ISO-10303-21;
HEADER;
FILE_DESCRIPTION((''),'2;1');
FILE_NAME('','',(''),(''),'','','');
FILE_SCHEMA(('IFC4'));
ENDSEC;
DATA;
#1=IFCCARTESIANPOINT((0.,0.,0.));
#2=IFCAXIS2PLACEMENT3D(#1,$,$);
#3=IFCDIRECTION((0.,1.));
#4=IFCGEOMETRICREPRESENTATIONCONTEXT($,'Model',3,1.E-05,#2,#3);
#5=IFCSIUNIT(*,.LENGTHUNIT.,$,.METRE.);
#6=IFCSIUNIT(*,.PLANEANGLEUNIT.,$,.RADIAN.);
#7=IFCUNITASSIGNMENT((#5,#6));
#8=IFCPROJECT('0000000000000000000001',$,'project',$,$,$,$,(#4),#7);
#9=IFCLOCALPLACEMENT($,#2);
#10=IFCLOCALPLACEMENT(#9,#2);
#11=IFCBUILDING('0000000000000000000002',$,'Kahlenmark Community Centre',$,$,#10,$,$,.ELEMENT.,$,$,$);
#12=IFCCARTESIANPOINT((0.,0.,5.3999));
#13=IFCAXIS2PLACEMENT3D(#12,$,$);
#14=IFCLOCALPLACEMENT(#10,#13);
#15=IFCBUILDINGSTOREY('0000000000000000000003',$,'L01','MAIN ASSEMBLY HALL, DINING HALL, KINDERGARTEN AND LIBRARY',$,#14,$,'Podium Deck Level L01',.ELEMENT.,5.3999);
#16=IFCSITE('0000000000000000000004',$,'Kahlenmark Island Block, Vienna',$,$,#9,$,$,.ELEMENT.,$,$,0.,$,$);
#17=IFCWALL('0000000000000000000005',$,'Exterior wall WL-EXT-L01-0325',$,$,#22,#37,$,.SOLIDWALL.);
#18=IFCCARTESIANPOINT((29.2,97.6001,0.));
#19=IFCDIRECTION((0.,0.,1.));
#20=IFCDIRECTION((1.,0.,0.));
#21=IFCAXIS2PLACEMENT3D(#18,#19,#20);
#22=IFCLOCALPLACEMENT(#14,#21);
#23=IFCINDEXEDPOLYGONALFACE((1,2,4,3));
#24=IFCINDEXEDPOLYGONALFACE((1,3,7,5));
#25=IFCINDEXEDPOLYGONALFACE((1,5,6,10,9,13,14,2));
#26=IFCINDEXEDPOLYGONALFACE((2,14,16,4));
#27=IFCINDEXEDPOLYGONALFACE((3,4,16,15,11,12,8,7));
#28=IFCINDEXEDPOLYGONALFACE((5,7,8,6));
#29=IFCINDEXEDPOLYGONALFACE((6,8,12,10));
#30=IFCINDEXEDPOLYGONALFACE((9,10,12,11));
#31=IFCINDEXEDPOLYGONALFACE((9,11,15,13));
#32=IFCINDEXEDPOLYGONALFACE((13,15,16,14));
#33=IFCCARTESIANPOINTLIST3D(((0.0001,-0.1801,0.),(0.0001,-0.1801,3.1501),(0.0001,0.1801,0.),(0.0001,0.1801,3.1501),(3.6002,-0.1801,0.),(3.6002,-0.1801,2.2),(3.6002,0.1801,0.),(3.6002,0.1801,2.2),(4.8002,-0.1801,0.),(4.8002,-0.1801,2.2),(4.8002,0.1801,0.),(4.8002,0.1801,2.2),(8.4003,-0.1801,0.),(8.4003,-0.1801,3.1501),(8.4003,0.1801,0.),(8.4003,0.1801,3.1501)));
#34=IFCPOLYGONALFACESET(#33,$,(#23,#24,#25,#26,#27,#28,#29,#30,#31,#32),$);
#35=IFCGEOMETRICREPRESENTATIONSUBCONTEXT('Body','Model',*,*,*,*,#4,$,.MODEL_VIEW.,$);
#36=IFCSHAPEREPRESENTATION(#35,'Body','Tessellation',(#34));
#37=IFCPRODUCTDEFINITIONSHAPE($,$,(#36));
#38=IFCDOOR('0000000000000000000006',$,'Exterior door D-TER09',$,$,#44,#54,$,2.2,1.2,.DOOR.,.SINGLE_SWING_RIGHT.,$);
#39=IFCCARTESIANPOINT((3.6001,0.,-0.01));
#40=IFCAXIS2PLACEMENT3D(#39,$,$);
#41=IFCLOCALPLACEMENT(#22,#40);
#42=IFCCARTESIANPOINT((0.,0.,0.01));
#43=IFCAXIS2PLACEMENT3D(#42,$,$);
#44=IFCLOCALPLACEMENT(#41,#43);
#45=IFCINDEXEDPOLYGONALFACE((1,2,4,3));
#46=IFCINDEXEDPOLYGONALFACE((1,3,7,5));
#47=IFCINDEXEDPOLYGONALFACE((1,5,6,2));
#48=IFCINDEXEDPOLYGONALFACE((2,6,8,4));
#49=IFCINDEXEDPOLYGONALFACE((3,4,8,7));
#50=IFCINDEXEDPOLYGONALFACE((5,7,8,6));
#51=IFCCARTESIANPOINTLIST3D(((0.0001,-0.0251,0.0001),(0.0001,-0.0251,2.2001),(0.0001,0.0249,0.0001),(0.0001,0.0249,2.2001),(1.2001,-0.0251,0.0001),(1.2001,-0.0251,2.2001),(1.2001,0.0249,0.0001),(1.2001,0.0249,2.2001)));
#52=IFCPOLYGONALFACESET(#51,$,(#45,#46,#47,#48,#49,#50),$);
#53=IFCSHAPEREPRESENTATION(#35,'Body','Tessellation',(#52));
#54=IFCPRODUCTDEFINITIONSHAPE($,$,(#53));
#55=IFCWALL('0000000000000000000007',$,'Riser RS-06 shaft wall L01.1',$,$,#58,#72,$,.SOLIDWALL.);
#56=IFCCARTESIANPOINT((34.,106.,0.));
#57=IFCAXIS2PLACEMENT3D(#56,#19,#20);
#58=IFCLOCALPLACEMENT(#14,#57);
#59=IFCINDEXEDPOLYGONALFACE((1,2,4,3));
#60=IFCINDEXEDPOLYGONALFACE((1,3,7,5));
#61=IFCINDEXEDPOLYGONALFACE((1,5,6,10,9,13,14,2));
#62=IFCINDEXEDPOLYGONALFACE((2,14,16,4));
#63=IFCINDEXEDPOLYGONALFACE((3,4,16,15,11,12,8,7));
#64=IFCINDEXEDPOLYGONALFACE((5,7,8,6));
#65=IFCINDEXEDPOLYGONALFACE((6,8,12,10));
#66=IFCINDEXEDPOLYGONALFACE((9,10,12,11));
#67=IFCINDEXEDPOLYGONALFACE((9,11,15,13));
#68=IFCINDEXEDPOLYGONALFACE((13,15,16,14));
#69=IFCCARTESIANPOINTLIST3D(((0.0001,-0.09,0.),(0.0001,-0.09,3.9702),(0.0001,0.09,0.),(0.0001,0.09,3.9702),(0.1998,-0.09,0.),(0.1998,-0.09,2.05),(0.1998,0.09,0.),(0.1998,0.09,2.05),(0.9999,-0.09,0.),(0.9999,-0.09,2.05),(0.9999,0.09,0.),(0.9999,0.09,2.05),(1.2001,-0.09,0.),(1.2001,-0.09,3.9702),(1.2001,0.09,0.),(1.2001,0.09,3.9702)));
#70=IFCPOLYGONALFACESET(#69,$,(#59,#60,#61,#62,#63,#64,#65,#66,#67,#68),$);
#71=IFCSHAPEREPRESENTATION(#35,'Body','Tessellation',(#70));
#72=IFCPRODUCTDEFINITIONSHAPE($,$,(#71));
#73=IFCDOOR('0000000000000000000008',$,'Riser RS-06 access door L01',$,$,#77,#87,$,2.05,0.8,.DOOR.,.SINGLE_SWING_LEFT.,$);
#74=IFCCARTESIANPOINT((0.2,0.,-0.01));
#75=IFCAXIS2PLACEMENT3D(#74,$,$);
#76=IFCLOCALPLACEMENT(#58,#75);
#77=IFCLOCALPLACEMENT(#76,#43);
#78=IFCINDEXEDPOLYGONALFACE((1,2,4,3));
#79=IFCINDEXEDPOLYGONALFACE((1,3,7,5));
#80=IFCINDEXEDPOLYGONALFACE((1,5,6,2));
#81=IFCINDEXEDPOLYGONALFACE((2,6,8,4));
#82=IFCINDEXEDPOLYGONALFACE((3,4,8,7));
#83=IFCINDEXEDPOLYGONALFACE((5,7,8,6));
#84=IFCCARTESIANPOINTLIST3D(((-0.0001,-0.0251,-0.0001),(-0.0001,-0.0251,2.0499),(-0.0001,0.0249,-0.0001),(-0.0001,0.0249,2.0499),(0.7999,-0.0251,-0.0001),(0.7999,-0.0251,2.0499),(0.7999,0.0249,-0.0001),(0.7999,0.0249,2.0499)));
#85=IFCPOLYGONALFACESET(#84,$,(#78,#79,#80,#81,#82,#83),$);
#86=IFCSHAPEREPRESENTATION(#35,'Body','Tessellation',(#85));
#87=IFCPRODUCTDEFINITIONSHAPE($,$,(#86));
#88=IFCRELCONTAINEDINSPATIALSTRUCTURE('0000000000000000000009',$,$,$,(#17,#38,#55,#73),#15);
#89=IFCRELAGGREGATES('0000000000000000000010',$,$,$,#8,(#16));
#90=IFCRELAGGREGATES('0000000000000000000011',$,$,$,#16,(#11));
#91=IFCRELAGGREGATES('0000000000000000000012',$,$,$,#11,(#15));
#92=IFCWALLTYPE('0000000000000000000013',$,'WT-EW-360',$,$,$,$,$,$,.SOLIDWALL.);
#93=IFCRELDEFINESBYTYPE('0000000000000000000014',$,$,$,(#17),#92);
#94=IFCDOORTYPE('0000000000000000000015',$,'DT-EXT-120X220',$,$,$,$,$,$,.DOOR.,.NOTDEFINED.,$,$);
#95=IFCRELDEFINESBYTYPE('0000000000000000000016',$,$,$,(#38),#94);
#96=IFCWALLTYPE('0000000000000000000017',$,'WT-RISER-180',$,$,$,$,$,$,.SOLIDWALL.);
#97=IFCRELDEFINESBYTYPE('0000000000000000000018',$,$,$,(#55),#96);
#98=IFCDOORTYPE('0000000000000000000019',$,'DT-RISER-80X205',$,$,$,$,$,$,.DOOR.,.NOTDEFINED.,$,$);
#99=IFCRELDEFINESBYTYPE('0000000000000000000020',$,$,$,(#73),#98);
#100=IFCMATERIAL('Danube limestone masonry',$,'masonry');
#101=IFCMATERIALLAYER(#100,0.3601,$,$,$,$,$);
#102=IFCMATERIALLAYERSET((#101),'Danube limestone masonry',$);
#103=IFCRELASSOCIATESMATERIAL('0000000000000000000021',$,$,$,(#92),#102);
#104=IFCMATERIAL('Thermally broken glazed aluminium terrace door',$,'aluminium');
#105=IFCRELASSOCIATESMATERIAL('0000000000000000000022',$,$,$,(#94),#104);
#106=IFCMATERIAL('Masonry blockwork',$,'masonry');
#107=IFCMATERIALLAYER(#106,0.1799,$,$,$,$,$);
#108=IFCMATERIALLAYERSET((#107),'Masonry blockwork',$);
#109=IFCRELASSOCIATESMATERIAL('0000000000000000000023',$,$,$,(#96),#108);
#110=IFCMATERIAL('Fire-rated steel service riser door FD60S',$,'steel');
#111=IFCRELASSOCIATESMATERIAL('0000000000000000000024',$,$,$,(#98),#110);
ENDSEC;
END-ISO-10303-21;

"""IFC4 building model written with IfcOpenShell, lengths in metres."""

from ifc_helpers import new_model, si_unit, direction, frame, frame_2d, origin, place, context, subcontext, project, spatial, rectangle, extrude, material, layer, layer_set, type_object, element, fill, save


model = new_model("IFC4")

# Units and contexts
model_context = context("Model", 3, precision=1e-05, world=origin(), true_north=direction((0.0, 1.0)))
body_context = subcontext(model_context, "Body", "Model", "MODEL_VIEW")
ifc_project = project(units=[si_unit("LENGTHUNIT", "METRE"), si_unit("PLANEANGLEUNIT", "RADIAN")], contexts=[model_context])

# Site, building, storey
site_placement = place(None, origin())
site = spatial("IfcSite", under=ifc_project, at=site_placement, Name="Kahlenmark Island Block, Vienna", CompositionType="ELEMENT", RefElevation=0.0)
building_placement = place(site_placement, origin())
building = spatial("IfcBuilding", under=site, at=building_placement, Name="Kahlenmark Community Centre", CompositionType="ELEMENT")
storey_placement = place(building_placement, frame((0.0, 0.0, 5.3999)))
storey = spatial("IfcBuildingStorey", under=building, at=storey_placement, Name="L01", Description="MAIN ASSEMBLY HALL, DINING HALL, KINDERGARTEN AND LIBRARY", LongName="Podium Deck Level L01", CompositionType="ELEMENT", Elevation=5.3999)

# Wall, opening, door
ifc_material_1 = material(Name="Danube limestone masonry", Category="masonry")
ifc_layer_1 = layer(ifc_material_1, 0.3601)
ifc_layer_set_1 = layer_set([ifc_layer_1], Name="Danube limestone masonry")
wall_type_1 = type_object("IfcWallType", Name="WT-EW-360", PredefinedType="SOLIDWALL", material=ifc_layer_set_1)
wall_1_placement = place(storey_placement, frame((29.2, 97.6001, 0.0), z_axis=(0.0, 0.0, 1.0), x_axis=(1.0, 0.0, 0.0)))
wall_1 = element("IfcWall", 1, at=wall_1_placement, inside=storey, type_object=wall_type_1, Name="Exterior wall WL-EXT-L01-0325", PredefinedType="SOLIDWALL", context=body_context, shape_type="SweptSolid", body=[
    extrude(rectangle(XDim=8.4001, YDim=0.3601, at=frame_2d((4.2002, 0.0))), origin(), (0.0, 0.0, 1.0), 3.1501),
])
opening_1_placement = place(wall_1_placement, frame((3.6001, 0.0, -0.01)))
opening_1 = element("IfcOpeningElement", 2, at=opening_1_placement, cuts=wall_1, PredefinedType="OPENING", context=body_context, shape_type="SweptSolid", body=[
    extrude(rectangle(XDim=1.2, YDim=2.21, at=frame_2d((0.6001, 1.105))), frame((0.0, 0.1899, 0.0), z_axis=(0.0, -1.0, 0.0), x_axis=(1.0, 0.0, 0.0)), (0.0, 0.0, 1.0), 0.3801),
])
ifc_material_2 = material(Name="Thermally broken glazed aluminium terrace door", Category="aluminium")
door_type_1 = type_object("IfcDoorType", Name="DT-EXT-120X220", OperationType="NOTDEFINED", PredefinedType="DOOR", material=ifc_material_2)
door_1_placement = place(opening_1_placement, frame((0.0, 0.0, 0.01)))
door_1 = element("IfcDoor", 3, at=door_1_placement, inside=storey, type_object=door_type_1, Name="Exterior door D-TER09", OperationType="SINGLE_SWING_RIGHT", OverallHeight=2.2, OverallWidth=1.2, PredefinedType="DOOR", context=body_context, shape_type="SweptSolid", body=[
    extrude(rectangle(XDim=1.2, YDim=2.2, at=frame_2d((0.6001, 1.1001))), frame((0.0, 0.0249, 0.0), z_axis=(0.0, -1.0, 0.0), x_axis=(1.0, 0.0, 0.0)), (0.0, 0.0, 1.0), 0.05),
])
fill(opening_1, door_1)

# Wall, opening, door
ifc_material_3 = material(Name="Masonry blockwork", Category="masonry")
ifc_layer_2 = layer(ifc_material_3, 0.1799)
ifc_layer_set_2 = layer_set([ifc_layer_2], Name="Masonry blockwork")
wall_type_2 = type_object("IfcWallType", Name="WT-RISER-180", PredefinedType="SOLIDWALL", material=ifc_layer_set_2)
wall_2_placement = place(storey_placement, frame((34.0, 106.0, 0.0), z_axis=(0.0, 0.0, 1.0), x_axis=(1.0, 0.0, 0.0)))
wall_2 = element("IfcWall", 4, at=wall_2_placement, inside=storey, type_object=wall_type_2, Name="Riser RS-06 shaft wall L01.1", PredefinedType="SOLIDWALL", context=body_context, shape_type="SweptSolid", body=[
    extrude(rectangle(XDim=1.2, YDim=0.1799, at=frame_2d((0.6001, 0.0))), origin(), (0.0, 0.0, 1.0), 3.9702),
])
opening_2_placement = place(wall_2_placement, frame((0.2, 0.0, -0.01)))
opening_2 = element("IfcOpeningElement", 5, at=opening_2_placement, cuts=wall_2, PredefinedType="OPENING", context=body_context, shape_type="SweptSolid", body=[
    extrude(rectangle(XDim=0.8, YDim=2.0601, at=frame_2d((0.3999, 1.03))), frame((0.0, 0.0999, 0.0), z_axis=(0.0, -1.0, 0.0), x_axis=(1.0, 0.0, 0.0)), (0.0, 0.0, 1.0), 0.2),
])
ifc_material_4 = material(Name="Fire-rated steel service riser door FD60S", Category="steel")
door_type_2 = type_object("IfcDoorType", Name="DT-RISER-80X205", OperationType="NOTDEFINED", PredefinedType="DOOR", material=ifc_material_4)
door_2_placement = place(opening_2_placement, frame((0.0, 0.0, 0.01)))
door_2 = element("IfcDoor", 6, at=door_2_placement, inside=storey, type_object=door_type_2, Name="Riser RS-06 access door L01", OperationType="SINGLE_SWING_LEFT", OverallHeight=2.05, OverallWidth=0.8, PredefinedType="DOOR", context=body_context, shape_type="SweptSolid", body=[
    extrude(rectangle(XDim=0.8, YDim=2.05, at=frame_2d((0.3999, 1.0249))), frame((0.0, 0.0249, 0.0), z_axis=(0.0, -1.0, 0.0), x_axis=(1.0, 0.0, 0.0)), (0.0, 0.0, 1.0), 0.05),
])
fill(opening_2, door_2)

save(model, "model.ifc")
